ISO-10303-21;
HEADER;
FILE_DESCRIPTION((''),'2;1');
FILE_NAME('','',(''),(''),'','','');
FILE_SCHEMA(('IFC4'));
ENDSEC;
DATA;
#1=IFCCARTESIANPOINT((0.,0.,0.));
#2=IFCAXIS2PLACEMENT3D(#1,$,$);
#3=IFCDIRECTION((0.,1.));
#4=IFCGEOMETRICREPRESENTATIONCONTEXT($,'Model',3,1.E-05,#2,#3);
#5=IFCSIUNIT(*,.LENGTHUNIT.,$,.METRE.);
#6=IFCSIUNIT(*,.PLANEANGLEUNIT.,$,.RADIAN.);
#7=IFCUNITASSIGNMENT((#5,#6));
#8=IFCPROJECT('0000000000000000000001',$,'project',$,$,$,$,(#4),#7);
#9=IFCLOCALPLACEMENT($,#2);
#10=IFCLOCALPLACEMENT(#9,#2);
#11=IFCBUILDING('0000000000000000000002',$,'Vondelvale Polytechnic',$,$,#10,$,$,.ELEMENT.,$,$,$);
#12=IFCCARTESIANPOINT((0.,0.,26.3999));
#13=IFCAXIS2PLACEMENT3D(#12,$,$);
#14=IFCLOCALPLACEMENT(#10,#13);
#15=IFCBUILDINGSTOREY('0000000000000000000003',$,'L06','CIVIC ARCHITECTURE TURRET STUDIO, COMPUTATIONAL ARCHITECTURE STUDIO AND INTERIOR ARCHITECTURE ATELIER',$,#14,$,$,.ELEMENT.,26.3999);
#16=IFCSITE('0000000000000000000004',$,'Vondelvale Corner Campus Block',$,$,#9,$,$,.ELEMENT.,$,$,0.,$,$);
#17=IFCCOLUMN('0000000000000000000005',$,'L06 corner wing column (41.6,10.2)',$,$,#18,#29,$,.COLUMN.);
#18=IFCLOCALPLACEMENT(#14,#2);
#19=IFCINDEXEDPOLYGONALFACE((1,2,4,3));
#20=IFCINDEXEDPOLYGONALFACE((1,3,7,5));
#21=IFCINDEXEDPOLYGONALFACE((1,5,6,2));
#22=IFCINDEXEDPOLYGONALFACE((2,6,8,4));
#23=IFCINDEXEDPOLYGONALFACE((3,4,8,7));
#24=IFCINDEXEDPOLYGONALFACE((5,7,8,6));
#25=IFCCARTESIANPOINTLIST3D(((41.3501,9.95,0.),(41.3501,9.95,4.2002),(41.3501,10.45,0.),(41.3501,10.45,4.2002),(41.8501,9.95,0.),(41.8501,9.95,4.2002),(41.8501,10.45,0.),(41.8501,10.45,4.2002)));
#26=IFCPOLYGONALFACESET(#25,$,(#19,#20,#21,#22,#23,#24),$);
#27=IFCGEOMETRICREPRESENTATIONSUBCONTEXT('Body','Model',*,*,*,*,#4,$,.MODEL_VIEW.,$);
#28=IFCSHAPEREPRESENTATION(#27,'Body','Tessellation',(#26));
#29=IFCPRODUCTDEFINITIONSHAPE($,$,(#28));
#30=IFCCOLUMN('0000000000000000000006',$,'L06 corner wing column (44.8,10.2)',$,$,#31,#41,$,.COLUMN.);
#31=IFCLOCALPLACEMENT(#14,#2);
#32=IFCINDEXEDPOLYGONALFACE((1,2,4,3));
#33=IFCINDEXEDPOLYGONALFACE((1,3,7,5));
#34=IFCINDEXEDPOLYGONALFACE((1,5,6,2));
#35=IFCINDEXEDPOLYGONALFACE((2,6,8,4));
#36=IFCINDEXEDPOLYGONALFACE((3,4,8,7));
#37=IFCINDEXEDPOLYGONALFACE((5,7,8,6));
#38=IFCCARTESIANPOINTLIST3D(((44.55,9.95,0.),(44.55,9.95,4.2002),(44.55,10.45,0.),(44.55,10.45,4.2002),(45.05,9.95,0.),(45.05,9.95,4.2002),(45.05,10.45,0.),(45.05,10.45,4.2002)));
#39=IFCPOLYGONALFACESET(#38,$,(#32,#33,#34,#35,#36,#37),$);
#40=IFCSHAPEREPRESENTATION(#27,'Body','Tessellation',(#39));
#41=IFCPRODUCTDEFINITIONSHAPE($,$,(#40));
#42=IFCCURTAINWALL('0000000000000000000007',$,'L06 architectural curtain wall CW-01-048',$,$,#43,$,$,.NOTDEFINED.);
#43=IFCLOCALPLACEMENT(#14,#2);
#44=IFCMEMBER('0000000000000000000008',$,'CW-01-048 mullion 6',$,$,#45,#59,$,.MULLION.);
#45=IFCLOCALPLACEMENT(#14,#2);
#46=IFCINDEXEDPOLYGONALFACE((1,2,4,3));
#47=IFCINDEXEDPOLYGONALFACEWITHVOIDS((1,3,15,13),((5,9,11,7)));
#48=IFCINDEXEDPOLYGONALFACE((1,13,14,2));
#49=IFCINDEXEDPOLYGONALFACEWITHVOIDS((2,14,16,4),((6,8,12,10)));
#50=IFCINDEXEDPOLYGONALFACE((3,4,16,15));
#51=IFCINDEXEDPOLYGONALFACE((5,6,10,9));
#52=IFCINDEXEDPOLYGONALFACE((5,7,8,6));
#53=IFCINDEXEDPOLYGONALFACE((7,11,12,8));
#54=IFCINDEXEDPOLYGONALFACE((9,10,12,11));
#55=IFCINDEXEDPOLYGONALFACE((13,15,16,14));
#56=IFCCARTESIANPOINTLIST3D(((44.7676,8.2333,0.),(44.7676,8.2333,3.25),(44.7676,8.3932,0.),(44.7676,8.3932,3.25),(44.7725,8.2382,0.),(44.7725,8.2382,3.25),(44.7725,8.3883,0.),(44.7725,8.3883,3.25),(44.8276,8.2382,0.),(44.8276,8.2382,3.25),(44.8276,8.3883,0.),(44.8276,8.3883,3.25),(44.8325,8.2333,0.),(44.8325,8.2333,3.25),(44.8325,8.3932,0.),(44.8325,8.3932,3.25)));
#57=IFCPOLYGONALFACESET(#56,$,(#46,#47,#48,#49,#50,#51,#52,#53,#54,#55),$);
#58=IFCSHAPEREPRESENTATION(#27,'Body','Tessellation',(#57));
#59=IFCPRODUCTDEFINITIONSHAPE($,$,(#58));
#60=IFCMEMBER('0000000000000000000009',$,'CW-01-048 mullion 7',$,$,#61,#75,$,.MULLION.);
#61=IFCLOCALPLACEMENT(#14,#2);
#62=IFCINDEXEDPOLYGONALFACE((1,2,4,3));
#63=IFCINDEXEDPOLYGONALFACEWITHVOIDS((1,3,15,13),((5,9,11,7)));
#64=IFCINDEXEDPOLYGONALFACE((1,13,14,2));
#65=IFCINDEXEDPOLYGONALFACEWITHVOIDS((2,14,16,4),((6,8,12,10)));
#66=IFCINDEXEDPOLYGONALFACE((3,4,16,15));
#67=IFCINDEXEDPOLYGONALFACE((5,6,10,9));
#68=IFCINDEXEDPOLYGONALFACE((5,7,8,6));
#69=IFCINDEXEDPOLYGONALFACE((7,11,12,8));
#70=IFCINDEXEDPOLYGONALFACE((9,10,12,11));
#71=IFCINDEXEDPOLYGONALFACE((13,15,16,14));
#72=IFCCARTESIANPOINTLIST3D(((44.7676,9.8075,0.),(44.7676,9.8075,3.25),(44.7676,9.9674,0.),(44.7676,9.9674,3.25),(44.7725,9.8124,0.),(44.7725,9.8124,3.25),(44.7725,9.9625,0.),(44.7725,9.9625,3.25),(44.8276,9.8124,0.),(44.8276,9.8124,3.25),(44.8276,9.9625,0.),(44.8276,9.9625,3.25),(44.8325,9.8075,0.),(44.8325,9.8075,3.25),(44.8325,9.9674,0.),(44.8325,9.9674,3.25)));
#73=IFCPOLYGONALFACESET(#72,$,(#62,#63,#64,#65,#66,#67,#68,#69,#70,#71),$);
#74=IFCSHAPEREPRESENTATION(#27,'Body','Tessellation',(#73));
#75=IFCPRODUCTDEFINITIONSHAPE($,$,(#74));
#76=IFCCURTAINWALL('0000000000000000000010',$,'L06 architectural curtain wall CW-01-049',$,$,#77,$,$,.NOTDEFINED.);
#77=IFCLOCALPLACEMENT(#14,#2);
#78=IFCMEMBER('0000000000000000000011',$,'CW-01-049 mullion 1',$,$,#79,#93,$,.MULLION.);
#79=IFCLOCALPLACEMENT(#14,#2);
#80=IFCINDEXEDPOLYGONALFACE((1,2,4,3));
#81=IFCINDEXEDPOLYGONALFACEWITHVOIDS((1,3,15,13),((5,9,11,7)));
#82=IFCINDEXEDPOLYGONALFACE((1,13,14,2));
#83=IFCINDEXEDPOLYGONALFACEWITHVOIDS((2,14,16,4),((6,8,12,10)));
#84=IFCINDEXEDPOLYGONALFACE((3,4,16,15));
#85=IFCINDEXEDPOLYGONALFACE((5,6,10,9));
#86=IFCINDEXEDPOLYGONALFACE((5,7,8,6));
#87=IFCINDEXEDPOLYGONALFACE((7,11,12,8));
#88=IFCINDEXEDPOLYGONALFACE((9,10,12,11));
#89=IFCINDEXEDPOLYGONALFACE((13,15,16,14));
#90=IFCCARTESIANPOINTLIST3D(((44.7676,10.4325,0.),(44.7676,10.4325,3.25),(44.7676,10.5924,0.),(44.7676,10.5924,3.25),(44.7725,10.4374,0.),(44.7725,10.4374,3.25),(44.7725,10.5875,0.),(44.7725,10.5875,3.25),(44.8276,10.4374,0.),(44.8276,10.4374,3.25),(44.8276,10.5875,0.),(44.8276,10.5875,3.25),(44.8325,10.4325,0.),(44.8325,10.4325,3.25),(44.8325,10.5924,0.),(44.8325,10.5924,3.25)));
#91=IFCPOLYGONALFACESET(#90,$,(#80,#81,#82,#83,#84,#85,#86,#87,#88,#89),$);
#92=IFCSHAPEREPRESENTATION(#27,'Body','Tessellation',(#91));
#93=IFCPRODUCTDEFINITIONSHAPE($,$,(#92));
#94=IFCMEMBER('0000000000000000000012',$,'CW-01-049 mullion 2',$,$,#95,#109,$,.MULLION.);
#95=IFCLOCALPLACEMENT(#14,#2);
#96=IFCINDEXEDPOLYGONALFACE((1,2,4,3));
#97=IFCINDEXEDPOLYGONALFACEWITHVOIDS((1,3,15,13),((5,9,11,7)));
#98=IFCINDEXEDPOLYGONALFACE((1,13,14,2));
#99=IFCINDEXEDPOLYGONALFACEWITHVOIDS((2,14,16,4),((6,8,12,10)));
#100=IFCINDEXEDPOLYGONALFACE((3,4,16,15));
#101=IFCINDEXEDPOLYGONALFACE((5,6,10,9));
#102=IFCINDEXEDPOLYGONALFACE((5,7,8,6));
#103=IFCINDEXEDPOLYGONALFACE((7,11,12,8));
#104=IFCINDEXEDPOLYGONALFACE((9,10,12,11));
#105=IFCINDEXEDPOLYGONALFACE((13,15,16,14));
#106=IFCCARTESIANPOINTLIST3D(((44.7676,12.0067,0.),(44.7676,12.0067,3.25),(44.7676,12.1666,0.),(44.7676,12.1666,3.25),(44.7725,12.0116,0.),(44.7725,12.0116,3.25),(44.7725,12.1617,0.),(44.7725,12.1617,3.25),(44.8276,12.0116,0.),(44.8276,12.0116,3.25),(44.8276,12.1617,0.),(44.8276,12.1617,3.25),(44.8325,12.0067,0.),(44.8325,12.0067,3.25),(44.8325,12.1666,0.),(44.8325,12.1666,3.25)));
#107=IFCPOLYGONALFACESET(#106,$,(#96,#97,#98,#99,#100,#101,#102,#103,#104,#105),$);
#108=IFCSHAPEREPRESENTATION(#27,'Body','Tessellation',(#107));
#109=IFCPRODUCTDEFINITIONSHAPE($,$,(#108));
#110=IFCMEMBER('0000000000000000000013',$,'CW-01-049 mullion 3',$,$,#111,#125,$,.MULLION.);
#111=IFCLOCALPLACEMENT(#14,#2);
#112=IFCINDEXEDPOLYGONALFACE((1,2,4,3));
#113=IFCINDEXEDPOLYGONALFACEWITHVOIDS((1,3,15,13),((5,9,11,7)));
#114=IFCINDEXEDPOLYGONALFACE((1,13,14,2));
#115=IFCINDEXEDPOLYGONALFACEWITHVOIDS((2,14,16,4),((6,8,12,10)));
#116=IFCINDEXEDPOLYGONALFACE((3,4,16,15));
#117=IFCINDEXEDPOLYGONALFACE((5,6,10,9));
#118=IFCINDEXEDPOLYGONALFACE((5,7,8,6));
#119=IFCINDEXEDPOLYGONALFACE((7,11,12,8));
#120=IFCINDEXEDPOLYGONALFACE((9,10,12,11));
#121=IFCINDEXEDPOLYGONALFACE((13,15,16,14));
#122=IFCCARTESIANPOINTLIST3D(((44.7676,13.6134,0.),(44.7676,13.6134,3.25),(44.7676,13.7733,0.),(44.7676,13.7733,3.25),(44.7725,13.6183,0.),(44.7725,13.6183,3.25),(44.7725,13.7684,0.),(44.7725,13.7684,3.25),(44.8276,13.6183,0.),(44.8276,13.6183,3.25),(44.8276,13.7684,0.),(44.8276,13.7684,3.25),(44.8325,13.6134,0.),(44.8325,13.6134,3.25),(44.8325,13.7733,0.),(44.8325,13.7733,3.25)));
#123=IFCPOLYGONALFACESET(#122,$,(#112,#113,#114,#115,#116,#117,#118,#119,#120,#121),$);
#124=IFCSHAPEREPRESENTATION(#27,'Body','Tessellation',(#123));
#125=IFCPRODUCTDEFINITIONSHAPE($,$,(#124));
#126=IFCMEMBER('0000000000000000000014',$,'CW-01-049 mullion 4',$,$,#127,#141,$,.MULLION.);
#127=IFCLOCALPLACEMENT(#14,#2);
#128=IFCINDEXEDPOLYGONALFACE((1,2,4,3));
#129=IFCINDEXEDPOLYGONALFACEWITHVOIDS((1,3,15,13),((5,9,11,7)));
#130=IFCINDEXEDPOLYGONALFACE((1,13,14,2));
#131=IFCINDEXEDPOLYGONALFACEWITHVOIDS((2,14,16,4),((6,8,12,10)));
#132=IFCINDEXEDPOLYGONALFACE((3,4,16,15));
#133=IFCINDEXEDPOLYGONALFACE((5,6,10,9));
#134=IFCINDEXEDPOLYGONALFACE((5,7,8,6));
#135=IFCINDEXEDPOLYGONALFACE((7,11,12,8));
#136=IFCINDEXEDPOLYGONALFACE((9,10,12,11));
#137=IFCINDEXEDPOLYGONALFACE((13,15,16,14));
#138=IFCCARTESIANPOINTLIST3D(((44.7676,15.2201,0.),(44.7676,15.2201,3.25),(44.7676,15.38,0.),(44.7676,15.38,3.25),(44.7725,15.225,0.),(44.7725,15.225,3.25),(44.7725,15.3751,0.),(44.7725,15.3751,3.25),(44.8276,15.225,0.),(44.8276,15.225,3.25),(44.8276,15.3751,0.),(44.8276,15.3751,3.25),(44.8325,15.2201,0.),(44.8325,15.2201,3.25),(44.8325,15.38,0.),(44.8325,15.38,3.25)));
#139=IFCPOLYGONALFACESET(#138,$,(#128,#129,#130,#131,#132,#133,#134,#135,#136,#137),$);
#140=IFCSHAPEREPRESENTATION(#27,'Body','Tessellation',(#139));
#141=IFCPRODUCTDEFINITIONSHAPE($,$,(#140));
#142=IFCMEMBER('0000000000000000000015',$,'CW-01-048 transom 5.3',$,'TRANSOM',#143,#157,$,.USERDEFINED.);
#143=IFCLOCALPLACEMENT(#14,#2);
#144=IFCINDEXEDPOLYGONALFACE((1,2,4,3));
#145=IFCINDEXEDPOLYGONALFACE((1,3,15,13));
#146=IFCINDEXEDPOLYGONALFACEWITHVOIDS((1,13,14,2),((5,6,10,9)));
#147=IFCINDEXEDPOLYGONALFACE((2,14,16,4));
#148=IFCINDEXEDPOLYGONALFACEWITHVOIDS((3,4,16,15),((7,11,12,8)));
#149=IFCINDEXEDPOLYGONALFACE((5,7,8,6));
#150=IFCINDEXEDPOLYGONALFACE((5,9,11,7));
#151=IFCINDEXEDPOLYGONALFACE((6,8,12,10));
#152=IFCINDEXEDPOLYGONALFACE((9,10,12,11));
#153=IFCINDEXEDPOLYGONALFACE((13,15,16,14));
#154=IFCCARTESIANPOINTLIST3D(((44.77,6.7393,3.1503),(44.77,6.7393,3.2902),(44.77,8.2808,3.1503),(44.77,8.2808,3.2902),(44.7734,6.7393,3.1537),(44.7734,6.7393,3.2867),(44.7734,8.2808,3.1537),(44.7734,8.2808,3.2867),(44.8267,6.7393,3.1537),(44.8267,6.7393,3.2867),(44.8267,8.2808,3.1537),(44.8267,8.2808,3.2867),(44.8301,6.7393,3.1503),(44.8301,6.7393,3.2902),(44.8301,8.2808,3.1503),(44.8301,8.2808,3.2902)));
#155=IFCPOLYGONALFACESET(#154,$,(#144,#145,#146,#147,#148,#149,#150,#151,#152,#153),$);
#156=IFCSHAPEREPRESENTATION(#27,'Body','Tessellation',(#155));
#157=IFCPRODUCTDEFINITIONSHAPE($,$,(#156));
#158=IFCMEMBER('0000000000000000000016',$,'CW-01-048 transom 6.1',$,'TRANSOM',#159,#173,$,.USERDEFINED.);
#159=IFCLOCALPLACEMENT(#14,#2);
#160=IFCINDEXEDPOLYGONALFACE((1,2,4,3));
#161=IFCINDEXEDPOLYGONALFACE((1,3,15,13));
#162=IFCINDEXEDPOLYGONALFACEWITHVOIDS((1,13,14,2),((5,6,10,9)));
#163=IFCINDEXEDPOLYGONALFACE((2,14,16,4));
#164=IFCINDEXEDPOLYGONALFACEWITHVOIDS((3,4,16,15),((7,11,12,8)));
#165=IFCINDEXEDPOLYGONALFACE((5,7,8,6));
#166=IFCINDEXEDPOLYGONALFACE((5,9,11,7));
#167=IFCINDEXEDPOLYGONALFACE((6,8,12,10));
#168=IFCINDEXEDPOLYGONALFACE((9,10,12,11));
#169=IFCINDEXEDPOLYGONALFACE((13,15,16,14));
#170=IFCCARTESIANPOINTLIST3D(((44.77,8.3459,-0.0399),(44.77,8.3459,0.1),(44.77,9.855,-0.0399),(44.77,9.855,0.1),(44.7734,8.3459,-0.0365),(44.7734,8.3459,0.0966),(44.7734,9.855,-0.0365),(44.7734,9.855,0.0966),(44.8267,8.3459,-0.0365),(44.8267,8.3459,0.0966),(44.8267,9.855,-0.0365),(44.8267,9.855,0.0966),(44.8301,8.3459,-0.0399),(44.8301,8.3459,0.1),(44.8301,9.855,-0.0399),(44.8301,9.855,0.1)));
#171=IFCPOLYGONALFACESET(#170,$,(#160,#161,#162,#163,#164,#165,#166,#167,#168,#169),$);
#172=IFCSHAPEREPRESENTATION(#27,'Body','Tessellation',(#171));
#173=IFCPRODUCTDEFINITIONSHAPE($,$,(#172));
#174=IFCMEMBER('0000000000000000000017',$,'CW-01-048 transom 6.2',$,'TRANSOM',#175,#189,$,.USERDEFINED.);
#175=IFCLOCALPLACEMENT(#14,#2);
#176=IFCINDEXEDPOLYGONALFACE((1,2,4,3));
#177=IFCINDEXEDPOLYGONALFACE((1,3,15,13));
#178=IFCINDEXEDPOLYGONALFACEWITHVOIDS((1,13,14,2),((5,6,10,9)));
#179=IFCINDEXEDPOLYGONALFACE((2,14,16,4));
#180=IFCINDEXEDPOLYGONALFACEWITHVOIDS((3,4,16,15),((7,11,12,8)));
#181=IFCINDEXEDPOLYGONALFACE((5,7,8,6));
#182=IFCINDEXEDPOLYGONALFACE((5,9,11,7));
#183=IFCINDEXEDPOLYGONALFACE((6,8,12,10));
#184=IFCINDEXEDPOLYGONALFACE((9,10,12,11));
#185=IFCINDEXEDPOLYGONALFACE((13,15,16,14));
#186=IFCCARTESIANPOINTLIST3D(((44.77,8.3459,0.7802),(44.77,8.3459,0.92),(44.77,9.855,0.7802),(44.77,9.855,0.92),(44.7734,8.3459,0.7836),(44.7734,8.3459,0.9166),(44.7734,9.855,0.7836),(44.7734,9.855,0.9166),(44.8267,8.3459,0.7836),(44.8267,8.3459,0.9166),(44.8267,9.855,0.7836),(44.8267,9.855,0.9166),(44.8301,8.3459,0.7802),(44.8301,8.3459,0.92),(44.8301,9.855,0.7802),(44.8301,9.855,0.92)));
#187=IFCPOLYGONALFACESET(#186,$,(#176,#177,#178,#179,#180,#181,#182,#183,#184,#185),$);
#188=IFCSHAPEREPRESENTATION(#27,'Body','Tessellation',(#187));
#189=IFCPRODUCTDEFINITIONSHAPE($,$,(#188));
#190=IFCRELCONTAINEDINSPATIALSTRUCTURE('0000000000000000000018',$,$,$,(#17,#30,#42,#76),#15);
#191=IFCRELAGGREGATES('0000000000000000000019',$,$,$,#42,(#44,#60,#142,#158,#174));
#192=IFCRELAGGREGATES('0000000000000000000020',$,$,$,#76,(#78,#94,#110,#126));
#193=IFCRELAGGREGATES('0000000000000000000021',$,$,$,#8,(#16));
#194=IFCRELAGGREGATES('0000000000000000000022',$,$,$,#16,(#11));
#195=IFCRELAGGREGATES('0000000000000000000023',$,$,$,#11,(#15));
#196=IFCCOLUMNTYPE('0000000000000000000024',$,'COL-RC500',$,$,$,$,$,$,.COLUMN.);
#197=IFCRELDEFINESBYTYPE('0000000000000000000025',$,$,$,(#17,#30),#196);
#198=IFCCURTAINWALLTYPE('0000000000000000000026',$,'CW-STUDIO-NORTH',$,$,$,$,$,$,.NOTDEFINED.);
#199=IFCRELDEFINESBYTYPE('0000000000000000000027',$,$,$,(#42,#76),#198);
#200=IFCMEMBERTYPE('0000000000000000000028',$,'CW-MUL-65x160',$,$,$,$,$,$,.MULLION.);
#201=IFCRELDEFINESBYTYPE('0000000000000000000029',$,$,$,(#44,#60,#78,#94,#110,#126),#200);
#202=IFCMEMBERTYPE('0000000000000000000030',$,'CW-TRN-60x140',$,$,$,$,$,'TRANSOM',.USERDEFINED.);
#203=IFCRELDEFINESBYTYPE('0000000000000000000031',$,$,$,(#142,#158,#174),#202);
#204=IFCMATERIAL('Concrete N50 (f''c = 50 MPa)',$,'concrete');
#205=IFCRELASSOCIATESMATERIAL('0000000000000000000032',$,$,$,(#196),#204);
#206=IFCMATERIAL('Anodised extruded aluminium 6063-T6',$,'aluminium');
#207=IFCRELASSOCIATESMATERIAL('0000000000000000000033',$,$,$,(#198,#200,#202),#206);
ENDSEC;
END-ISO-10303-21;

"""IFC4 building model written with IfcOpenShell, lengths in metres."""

from ifc_helpers import new_model, si_unit, direction, frame, origin, origin_2d, place, context, subcontext, project, spatial, rectangle, hollow_rectangle, extrude, material, material_profile, profile_set, type_object, element, aggregate, save


model = new_model("IFC4")

# Units and contexts
model_context = context("Model", 3, precision=1e-05, world=origin(), true_north=direction((0.0, 1.0)))
body_context = subcontext(model_context, "Body", "Model", "MODEL_VIEW")
ifc_project = project(units=[si_unit("LENGTHUNIT", "METRE"), si_unit("PLANEANGLEUNIT", "RADIAN")], contexts=[model_context])

# Site, building, storey
site_placement = place(None, origin())
site = spatial("IfcSite", under=ifc_project, at=site_placement, Name="Vondelvale Corner Campus Block", CompositionType="ELEMENT", RefElevation=0.0)
building_placement = place(site_placement, origin())
building = spatial("IfcBuilding", under=site, at=building_placement, Name="Vondelvale Polytechnic", CompositionType="ELEMENT")
storey_placement = place(building_placement, frame((0.0, 0.0, 26.3999)))
storey = spatial("IfcBuildingStorey", under=building, at=storey_placement, Name="L06", Description="CIVIC ARCHITECTURE TURRET STUDIO, COMPUTATIONAL ARCHITECTURE STUDIO AND INTERIOR ARCHITECTURE ATELIER", CompositionType="ELEMENT", Elevation=26.3999)

# Columns
ifc_material_1 = material(Name="Concrete N50 (f'c = 50 MPa)", Category="concrete")
ifc_material_profile_1 = material_profile(ifc_material_1, rectangle(XDim=0.5, YDim=0.5, at=origin_2d()), Name="RC-COL-500x500")
ifc_profile_set_1 = profile_set([ifc_material_profile_1], Name="Concrete N50 (f'c = 50 MPa)")
column_type = type_object("IfcColumnType", Name="COL-RC500", PredefinedType="COLUMN", material=ifc_profile_set_1)
for number, where, z_axis, x_axis, name in (
    (1, (41.6001, 10.2, 0.0), (0.0, 0.0, 1.0), (1.0, 0.0, 0.0), "L06 corner wing column (41.6,10.2)"),
    (2, (44.8, 10.2, 0.0), (0.0, 0.0, 1.0), (1.0, 0.0, 0.0), "L06 corner wing column (44.8,10.2)"),
):
    element("IfcColumn", number, at=place(storey_placement, frame(where, z_axis=z_axis, x_axis=x_axis)), inside=storey, type_object=column_type, Name=name, PredefinedType="COLUMN", context=body_context, shape_type="SweptSolid", body=[
        extrude(rectangle(XDim=0.5, YDim=0.5, at=origin_2d()), origin(), (0.0, 0.0, 1.0), 4.2002),
    ])

# Curtain walls, members
ifc_material_2 = material(Name="Anodised extruded aluminium 6063-T6", Category="aluminium")
curtain_wall_type = type_object("IfcCurtainWallType", Name="CW-STUDIO-NORTH", PredefinedType="NOTDEFINED", material=ifc_material_2)
curtain_wall_1_placement = place(storey_placement, origin())
curtain_wall_1 = element("IfcCurtainWall", 3, at=curtain_wall_1_placement, inside=storey, type_object=curtain_wall_type, Name="L06 architectural curtain wall CW-01-048", PredefinedType="NOTDEFINED")
ifc_material_profile_2 = material_profile(ifc_material_2, hollow_rectangle(XDim=0.0649, YDim=0.1599, WallThickness=0.0049, at=origin_2d()), Name="CW-MUL-160x65")
ifc_profile_set_2 = profile_set([ifc_material_profile_2], Name="Anodised extruded aluminium 6063-T6")
member_type_1 = type_object("IfcMemberType", Name="CW-MUL-65x160", PredefinedType="MULLION", material=ifc_profile_set_2)
member_1_placement = place(storey_placement, frame((44.8, 8.3132, 0.0), z_axis=(0.0, 0.0, 1.0), x_axis=(-1.0, 0.0, 0.0)))
member_1 = element("IfcMember", 4, at=member_1_placement, type_object=member_type_1, Name="CW-01-048 mullion 6", PredefinedType="MULLION", context=body_context, shape_type="SweptSolid", body=[
    extrude(hollow_rectangle(XDim=0.0649, YDim=0.1599, WallThickness=0.0049, at=origin_2d()), origin(), (0.0, 0.0, 1.0), 3.25),
])
member_2_placement = place(storey_placement, frame((44.8, 9.8875, 0.0), z_axis=(0.0, 0.0, 1.0), x_axis=(-1.0, 0.0, 0.0)))
member_2 = element("IfcMember", 5, at=member_2_placement, type_object=member_type_1, Name="CW-01-048 mullion 7", PredefinedType="MULLION", context=body_context, shape_type="SweptSolid", body=[
    extrude(hollow_rectangle(XDim=0.0649, YDim=0.1599, WallThickness=0.0049, at=origin_2d()), origin(), (0.0, 0.0, 1.0), 3.25),
])
curtain_wall_2_placement = place(storey_placement, origin())
curtain_wall_2 = element("IfcCurtainWall", 6, at=curtain_wall_2_placement, inside=storey, type_object=curtain_wall_type, Name="L06 architectural curtain wall CW-01-049", PredefinedType="NOTDEFINED")
member_3_placement = place(storey_placement, frame((44.8, 10.5125, 0.0), z_axis=(0.0, 0.0, 1.0), x_axis=(-1.0, 0.0, 0.0)))
member_3 = element("IfcMember", 7, at=member_3_placement, type_object=member_type_1, Name="CW-01-049 mullion 1", PredefinedType="MULLION", context=body_context, shape_type="SweptSolid", body=[
    extrude(hollow_rectangle(XDim=0.0649, YDim=0.1599, WallThickness=0.0049, at=origin_2d()), origin(), (0.0, 0.0, 1.0), 3.25),
])
member_4_placement = place(storey_placement, frame((44.8, 12.0867, 0.0), z_axis=(0.0, 0.0, 1.0), x_axis=(-1.0, 0.0, 0.0)))
member_4 = element("IfcMember", 8, at=member_4_placement, type_object=member_type_1, Name="CW-01-049 mullion 2", PredefinedType="MULLION", context=body_context, shape_type="SweptSolid", body=[
    extrude(hollow_rectangle(XDim=0.0649, YDim=0.1599, WallThickness=0.0049, at=origin_2d()), origin(), (0.0, 0.0, 1.0), 3.25),
])
member_5_placement = place(storey_placement, frame((44.8, 13.6934, 0.0), z_axis=(0.0, 0.0, 1.0), x_axis=(-1.0, 0.0, 0.0)))
member_5 = element("IfcMember", 9, at=member_5_placement, type_object=member_type_1, Name="CW-01-049 mullion 3", PredefinedType="MULLION", context=body_context, shape_type="SweptSolid", body=[
    extrude(hollow_rectangle(XDim=0.0649, YDim=0.1599, WallThickness=0.0049, at=origin_2d()), origin(), (0.0, 0.0, 1.0), 3.25),
])
member_6_placement = place(storey_placement, frame((44.8, 15.3, 0.0), z_axis=(0.0, 0.0, 1.0), x_axis=(-1.0, 0.0, 0.0)))
member_6 = element("IfcMember", 10, at=member_6_placement, type_object=member_type_1, Name="CW-01-049 mullion 4", PredefinedType="MULLION", context=body_context, shape_type="SweptSolid", body=[
    extrude(hollow_rectangle(XDim=0.0649, YDim=0.1599, WallThickness=0.0049, at=origin_2d()), origin(), (0.0, 0.0, 1.0), 3.25),
])

# Members
ifc_material_profile_3 = material_profile(ifc_material_2, hollow_rectangle(XDim=0.0601, YDim=0.1399, WallThickness=0.0034, at=origin_2d()), Name="CW-TRN-140x60")
ifc_profile_set_3 = profile_set([ifc_material_profile_3], Name="Anodised extruded aluminium 6063-T6")
member_type_2 = type_object("IfcMemberType", Name="CW-TRN-60x140", ElementType="TRANSOM", PredefinedType="USERDEFINED", material=ifc_profile_set_3)
member_7_placement = place(storey_placement, frame((44.8, 6.7393, 3.2202), z_axis=(0.0, 1.0, 0.0), x_axis=(-1.0, 0.0, 0.0)))
member_7 = element("IfcMember", 11, at=member_7_placement, type_object=member_type_2, Name="CW-01-048 transom 5.3", ObjectType="TRANSOM", PredefinedType="USERDEFINED", context=body_context, shape_type="SweptSolid", body=[
    extrude(hollow_rectangle(XDim=0.0601, YDim=0.1399, WallThickness=0.0034, at=origin_2d()), origin(), (0.0, 0.0, 1.0), 1.5415),
])
member_8_placement = place(storey_placement, frame((44.8, 8.3459, 0.03), z_axis=(0.0, 1.0, 0.0), x_axis=(-1.0, 0.0, 0.0)))
member_8 = element("IfcMember", 12, at=member_8_placement, type_object=member_type_2, Name="CW-01-048 transom 6.1", ObjectType="TRANSOM", PredefinedType="USERDEFINED", context=body_context, shape_type="SweptSolid", body=[
    extrude(hollow_rectangle(XDim=0.0601, YDim=0.1399, WallThickness=0.0034, at=origin_2d()), origin(), (0.0, 0.0, 1.0), 1.509),
])
member_9_placement = place(storey_placement, frame((44.8, 8.3459, 0.8501), z_axis=(0.0, 1.0, 0.0), x_axis=(-1.0, 0.0, 0.0)))
member_9 = element("IfcMember", 13, at=member_9_placement, type_object=member_type_2, Name="CW-01-048 transom 6.2", ObjectType="TRANSOM", PredefinedType="USERDEFINED", context=body_context, shape_type="SweptSolid", body=[
    extrude(hollow_rectangle(XDim=0.0601, YDim=0.1399, WallThickness=0.0034, at=origin_2d()), origin(), (0.0, 0.0, 1.0), 1.509),
])

aggregate(curtain_wall_1, [member_1, member_2, member_7, member_8, member_9])
aggregate(curtain_wall_2, [member_3, member_4, member_5, member_6])

save(model, "model.ifc")
